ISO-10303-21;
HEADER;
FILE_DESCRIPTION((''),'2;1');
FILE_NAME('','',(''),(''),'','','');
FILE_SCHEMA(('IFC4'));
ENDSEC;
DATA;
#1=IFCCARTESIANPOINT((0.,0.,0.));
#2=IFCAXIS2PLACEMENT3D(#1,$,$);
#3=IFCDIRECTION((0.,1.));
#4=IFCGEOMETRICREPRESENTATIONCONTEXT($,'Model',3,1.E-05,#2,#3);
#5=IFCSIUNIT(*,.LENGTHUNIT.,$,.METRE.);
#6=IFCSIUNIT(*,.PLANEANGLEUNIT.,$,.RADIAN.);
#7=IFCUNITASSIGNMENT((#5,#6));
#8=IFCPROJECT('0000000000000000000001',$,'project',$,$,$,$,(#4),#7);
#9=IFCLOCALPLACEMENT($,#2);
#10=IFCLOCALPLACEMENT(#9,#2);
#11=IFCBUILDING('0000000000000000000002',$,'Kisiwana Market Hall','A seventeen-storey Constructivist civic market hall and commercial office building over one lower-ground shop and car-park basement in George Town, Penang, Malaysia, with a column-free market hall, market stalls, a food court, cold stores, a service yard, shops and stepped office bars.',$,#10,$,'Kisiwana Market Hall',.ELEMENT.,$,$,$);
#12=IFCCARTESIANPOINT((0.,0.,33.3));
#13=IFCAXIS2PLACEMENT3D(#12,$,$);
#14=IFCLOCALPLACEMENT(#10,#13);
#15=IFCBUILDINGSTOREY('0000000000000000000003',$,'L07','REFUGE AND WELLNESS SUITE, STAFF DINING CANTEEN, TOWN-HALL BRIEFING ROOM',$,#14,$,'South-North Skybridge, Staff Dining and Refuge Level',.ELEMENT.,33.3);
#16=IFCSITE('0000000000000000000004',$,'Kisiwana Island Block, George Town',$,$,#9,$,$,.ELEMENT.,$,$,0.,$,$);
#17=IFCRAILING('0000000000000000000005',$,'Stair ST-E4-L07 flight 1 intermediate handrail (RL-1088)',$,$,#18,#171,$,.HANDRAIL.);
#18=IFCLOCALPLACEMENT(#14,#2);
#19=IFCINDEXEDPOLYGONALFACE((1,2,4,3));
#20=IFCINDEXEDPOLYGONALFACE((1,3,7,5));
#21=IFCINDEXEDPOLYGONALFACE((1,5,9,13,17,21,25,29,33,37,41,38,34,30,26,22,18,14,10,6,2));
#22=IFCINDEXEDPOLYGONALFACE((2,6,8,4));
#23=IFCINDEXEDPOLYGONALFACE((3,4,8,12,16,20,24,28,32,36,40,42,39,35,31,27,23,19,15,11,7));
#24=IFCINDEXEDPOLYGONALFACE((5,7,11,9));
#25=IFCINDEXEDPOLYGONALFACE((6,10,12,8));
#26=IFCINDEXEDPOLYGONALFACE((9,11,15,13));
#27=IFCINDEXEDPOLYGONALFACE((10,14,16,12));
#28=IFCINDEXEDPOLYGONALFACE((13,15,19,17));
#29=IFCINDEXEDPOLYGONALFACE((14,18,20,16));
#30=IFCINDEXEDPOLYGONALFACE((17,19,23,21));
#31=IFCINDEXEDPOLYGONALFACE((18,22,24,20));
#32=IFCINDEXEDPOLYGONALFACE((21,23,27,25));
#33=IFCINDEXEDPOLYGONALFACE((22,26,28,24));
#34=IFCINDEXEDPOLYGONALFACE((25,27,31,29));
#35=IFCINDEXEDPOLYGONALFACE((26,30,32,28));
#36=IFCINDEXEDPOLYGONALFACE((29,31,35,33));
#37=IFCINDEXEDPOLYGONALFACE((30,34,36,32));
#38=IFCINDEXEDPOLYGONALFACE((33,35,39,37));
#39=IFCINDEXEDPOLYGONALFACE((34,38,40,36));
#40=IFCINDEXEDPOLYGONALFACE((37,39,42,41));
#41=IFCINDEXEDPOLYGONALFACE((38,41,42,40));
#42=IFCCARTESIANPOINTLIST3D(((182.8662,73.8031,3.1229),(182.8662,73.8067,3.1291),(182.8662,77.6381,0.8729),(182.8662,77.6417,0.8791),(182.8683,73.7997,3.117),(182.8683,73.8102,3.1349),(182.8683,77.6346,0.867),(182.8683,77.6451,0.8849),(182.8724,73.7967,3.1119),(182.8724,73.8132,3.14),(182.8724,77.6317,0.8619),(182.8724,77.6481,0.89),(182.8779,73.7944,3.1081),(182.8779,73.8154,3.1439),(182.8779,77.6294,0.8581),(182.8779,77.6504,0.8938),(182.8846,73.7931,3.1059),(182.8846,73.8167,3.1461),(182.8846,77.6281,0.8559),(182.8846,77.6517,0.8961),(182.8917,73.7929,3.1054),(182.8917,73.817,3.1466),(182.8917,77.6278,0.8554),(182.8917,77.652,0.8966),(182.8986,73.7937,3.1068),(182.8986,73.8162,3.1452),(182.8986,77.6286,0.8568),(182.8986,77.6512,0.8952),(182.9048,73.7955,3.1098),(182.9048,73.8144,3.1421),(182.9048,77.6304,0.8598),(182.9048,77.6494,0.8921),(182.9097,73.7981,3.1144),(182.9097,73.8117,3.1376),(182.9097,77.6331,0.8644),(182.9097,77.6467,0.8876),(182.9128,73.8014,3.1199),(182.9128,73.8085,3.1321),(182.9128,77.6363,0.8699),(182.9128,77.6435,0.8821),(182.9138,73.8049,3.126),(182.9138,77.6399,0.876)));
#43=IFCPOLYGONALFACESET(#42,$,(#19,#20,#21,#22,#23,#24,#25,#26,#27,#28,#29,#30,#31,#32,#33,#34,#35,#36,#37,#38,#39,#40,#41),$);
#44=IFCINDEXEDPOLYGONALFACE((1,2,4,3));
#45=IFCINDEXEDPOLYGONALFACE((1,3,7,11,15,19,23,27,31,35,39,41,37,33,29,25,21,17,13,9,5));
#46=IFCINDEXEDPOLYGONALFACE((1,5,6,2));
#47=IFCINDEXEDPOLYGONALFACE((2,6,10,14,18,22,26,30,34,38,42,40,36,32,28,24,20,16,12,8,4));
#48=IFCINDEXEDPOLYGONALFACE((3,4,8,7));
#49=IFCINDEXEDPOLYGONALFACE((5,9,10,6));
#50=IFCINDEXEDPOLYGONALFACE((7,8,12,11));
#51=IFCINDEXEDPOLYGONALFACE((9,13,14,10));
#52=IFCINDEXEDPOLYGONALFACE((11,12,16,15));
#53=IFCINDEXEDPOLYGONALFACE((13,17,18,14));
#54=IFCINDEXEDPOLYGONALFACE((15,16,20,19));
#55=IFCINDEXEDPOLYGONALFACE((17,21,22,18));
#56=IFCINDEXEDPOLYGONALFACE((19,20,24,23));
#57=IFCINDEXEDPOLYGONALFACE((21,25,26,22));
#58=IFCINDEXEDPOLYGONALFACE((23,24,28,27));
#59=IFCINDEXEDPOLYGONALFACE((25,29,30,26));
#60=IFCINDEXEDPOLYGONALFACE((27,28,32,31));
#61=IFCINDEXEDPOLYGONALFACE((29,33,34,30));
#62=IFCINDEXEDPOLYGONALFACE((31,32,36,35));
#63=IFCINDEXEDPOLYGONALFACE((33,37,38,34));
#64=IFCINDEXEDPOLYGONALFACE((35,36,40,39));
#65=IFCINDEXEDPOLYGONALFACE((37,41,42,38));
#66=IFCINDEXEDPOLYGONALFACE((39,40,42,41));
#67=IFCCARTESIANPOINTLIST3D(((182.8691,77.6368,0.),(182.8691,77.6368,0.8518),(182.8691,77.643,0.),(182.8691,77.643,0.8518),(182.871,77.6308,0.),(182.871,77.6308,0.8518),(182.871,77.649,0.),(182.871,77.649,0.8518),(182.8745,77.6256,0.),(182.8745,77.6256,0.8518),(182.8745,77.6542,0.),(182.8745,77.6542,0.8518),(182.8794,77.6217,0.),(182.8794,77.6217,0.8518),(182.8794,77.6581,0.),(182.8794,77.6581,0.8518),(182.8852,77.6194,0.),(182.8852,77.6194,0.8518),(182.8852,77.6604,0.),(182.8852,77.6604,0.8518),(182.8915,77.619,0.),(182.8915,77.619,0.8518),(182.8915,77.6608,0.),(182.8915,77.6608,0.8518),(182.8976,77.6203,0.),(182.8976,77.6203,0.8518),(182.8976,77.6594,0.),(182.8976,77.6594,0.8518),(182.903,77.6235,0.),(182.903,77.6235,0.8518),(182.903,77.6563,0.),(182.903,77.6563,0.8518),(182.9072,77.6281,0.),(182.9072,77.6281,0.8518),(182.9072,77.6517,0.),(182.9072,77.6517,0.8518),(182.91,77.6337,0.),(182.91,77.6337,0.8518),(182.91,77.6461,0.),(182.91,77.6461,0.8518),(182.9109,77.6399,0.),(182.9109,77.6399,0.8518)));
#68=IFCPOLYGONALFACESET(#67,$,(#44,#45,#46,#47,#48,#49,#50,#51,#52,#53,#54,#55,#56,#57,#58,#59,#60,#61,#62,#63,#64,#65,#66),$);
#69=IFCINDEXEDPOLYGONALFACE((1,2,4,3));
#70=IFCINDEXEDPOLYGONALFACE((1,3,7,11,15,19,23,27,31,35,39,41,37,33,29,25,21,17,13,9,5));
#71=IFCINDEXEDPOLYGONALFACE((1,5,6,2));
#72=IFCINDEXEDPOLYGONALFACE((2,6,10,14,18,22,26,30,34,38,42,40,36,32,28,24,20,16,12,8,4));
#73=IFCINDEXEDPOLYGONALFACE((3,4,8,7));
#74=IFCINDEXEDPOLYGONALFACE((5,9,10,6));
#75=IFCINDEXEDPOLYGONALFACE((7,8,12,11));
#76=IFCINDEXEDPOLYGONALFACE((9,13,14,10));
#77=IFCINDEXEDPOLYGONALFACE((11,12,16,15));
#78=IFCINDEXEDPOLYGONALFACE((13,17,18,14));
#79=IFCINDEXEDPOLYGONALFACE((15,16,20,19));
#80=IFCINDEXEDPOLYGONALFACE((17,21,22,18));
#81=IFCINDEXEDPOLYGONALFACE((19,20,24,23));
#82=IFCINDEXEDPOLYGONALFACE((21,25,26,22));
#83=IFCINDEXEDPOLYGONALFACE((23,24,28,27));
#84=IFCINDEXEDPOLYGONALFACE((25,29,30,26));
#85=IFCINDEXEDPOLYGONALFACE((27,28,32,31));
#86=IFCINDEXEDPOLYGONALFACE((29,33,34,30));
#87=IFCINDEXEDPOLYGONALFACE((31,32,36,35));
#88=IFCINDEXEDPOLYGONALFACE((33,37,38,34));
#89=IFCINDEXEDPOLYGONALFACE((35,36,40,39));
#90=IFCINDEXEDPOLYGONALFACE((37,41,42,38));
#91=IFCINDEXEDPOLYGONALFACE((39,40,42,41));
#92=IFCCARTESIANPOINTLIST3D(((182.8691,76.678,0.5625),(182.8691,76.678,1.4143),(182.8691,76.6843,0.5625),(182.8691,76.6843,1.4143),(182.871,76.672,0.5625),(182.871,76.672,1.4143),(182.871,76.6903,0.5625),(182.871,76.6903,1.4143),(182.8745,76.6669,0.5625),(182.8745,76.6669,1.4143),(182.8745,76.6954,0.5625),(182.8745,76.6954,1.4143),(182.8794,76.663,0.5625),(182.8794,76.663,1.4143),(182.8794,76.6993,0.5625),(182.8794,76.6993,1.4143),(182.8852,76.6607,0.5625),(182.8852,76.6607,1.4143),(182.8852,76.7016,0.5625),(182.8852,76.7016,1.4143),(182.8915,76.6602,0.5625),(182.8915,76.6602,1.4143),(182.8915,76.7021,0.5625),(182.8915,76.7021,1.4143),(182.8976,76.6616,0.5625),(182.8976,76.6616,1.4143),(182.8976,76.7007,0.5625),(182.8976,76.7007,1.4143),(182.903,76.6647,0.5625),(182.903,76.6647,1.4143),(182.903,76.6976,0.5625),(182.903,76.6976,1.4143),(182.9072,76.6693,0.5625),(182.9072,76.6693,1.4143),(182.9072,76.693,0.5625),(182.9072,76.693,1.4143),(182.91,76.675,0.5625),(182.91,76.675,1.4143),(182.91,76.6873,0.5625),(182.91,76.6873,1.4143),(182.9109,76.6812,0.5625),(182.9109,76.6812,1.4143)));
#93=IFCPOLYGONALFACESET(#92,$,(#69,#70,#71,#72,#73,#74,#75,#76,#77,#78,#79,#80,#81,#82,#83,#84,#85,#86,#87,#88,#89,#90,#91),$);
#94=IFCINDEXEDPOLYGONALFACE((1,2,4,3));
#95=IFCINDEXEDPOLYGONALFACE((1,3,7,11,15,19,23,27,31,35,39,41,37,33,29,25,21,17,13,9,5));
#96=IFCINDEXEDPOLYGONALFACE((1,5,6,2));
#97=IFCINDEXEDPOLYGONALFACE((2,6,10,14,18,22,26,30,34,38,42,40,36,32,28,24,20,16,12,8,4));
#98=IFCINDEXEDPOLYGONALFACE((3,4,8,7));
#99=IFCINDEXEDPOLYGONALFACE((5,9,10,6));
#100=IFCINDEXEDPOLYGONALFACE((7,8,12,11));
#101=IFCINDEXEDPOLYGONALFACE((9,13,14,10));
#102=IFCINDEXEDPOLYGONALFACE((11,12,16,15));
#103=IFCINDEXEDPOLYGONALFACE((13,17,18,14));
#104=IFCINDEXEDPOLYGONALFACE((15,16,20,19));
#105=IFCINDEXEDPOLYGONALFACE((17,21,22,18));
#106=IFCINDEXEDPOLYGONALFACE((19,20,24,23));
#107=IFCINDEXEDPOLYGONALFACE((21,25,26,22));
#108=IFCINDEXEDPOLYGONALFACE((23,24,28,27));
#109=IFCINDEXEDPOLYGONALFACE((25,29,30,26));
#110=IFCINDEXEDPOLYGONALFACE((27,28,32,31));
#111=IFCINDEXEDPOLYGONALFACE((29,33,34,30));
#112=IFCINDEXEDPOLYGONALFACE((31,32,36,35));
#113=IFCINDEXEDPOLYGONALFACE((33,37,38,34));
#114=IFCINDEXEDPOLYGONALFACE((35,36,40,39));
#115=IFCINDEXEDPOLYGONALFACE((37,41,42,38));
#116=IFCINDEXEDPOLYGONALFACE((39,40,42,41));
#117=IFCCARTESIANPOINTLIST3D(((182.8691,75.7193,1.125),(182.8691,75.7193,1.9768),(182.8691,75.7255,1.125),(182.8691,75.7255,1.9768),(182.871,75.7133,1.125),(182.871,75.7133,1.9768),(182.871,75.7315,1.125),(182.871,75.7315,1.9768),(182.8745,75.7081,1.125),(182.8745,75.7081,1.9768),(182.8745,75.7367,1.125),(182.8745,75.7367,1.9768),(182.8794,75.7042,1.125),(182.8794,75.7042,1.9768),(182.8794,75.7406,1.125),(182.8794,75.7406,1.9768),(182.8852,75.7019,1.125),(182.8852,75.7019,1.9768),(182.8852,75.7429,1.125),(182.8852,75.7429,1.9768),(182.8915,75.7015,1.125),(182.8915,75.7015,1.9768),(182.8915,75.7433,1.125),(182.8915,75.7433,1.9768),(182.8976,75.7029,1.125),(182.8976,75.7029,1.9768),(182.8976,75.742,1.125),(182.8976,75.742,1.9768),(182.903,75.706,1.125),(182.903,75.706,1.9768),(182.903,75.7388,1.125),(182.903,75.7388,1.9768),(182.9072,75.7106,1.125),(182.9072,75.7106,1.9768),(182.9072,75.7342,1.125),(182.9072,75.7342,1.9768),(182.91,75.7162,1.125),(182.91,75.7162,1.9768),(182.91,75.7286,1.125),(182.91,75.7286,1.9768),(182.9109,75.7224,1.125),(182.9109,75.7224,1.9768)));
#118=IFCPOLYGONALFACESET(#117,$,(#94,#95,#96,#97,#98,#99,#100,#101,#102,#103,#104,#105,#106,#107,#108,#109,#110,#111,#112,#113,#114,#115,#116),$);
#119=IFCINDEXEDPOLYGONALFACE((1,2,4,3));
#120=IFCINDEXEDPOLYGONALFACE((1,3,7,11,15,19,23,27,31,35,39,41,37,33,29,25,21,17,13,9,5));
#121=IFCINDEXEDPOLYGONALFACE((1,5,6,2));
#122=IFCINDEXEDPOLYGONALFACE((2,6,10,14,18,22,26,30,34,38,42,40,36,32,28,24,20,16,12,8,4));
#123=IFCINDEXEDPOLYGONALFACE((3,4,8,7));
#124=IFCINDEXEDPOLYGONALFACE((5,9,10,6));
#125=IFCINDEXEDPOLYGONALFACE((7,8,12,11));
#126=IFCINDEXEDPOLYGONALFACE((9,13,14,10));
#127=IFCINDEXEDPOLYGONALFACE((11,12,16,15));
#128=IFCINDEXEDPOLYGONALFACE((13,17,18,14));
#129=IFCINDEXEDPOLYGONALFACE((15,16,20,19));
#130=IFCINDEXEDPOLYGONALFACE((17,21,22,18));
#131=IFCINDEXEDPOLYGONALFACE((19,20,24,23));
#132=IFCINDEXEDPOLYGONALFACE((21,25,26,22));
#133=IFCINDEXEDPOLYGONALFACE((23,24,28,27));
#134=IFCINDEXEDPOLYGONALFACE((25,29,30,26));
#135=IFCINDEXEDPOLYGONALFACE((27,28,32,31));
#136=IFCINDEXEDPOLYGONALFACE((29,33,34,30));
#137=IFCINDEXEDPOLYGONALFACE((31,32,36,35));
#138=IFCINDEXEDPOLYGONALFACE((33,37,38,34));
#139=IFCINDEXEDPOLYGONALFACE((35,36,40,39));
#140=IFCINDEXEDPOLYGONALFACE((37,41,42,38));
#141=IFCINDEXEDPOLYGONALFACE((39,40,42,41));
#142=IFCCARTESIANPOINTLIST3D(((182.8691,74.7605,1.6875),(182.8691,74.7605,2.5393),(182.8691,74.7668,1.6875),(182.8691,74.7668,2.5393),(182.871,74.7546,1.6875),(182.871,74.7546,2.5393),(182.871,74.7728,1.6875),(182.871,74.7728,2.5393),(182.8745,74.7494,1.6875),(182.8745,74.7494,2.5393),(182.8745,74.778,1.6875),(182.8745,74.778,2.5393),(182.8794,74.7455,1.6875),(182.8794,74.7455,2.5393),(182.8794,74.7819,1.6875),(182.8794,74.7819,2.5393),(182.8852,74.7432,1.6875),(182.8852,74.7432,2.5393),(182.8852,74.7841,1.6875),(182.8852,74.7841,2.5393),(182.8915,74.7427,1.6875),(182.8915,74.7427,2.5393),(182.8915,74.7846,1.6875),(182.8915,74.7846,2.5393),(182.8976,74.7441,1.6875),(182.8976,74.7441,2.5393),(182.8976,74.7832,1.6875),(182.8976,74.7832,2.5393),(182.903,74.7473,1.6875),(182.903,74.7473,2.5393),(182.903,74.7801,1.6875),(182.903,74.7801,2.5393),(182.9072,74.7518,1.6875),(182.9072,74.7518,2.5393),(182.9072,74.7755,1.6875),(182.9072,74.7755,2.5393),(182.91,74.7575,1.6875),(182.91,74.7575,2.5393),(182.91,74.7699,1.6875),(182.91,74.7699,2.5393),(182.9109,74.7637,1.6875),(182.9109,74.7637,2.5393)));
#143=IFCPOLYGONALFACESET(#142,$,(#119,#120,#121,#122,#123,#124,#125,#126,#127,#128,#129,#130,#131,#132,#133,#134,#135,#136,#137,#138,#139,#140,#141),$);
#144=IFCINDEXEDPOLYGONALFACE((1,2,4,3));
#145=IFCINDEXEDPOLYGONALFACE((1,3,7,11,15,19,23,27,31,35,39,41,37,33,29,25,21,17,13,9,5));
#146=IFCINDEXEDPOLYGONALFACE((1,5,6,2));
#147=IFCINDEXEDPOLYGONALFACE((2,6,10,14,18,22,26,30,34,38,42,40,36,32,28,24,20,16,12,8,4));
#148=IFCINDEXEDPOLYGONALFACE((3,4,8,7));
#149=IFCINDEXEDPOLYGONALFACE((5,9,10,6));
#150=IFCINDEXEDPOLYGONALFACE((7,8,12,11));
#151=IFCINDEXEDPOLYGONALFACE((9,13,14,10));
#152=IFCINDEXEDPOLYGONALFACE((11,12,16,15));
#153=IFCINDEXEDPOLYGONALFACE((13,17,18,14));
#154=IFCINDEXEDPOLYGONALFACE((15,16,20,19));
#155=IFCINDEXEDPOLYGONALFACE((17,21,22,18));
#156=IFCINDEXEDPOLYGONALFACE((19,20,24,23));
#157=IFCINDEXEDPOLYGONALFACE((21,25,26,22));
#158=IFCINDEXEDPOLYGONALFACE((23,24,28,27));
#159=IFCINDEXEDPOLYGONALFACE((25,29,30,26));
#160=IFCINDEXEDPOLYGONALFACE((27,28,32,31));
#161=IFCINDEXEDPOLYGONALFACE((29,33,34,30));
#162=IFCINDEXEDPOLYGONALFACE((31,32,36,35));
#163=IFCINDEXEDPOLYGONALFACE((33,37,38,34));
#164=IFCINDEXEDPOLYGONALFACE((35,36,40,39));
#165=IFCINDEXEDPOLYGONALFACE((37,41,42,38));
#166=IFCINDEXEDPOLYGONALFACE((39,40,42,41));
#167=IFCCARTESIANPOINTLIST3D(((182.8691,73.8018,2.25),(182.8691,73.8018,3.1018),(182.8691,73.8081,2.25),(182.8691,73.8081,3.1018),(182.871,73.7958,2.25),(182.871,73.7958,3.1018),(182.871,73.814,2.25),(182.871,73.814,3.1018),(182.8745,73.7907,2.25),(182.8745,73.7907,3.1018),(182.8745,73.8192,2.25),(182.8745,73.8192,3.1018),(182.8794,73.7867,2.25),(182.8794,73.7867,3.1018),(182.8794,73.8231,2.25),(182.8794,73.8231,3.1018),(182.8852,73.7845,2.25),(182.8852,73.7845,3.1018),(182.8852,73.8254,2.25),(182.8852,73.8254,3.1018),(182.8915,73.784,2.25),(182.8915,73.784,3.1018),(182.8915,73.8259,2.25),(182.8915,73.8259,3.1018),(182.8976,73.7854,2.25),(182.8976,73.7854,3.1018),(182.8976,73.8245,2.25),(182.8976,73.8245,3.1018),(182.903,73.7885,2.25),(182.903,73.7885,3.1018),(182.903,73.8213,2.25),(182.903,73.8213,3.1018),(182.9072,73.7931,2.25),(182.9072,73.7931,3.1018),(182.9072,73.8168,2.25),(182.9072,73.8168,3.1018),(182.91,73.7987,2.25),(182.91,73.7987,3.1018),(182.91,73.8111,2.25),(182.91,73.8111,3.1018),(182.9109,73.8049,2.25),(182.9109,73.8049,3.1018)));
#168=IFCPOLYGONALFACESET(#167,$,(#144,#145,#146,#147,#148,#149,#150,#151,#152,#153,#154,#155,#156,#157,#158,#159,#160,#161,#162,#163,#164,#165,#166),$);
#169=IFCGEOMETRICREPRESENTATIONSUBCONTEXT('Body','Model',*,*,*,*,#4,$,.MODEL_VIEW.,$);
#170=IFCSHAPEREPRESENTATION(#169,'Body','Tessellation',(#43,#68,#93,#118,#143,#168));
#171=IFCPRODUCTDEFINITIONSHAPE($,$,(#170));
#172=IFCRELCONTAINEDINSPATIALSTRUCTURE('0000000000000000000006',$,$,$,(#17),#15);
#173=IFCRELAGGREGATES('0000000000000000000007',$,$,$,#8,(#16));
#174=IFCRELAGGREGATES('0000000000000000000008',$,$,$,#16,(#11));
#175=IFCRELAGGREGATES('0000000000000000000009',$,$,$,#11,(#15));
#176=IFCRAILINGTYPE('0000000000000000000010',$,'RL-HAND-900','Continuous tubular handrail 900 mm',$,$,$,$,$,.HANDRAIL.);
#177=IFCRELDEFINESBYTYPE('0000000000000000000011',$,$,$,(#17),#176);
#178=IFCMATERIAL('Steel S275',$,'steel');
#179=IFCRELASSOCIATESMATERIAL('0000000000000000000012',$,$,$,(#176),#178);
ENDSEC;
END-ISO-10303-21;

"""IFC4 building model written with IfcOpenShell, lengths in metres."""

from ifc_helpers import new_model, si_unit, direction, frame, origin, origin_2d, place, context, subcontext, project, spatial, circle, extrude, material, type_object, element, save


model = new_model("IFC4")

# Units and contexts
model_context = context("Model", 3, precision=1e-05, world=origin(), true_north=direction((0.0, 1.0)))
body_context = subcontext(model_context, "Body", "Model", "MODEL_VIEW")
ifc_project = project(units=[si_unit("LENGTHUNIT", "METRE"), si_unit("PLANEANGLEUNIT", "RADIAN")], contexts=[model_context])

# Site, building, storey
site_placement = place(None, origin())
site = spatial("IfcSite", under=ifc_project, at=site_placement, Name="Kisiwana Island Block, George Town", CompositionType="ELEMENT", RefElevation=0.0)
building_placement = place(site_placement, origin())
building = spatial("IfcBuilding", under=site, at=building_placement, Name="Kisiwana Market Hall", Description="A seventeen-storey Constructivist civic market hall and commercial office building over one lower-ground shop and car-park basement in George Town, Penang, Malaysia, with a column-free market hall, market stalls, a food court, cold stores, a service yard, shops and stepped office bars.", LongName="Kisiwana Market Hall", CompositionType="ELEMENT")
storey_placement = place(building_placement, frame((0.0, 0.0, 33.3)))
storey = spatial("IfcBuildingStorey", under=building, at=storey_placement, Name="L07", Description="REFUGE AND WELLNESS SUITE, STAFF DINING CANTEEN, TOWN-HALL BRIEFING ROOM", LongName="South-North Skybridge, Staff Dining and Refuge Level", CompositionType="ELEMENT", Elevation=33.3)

# Railing
ifc_material_1 = material(Name="Steel S275", Category="steel")
railing_type_1 = type_object("IfcRailingType", Name="RL-HAND-900", Description="Continuous tubular handrail 900 mm", PredefinedType="HANDRAIL", material=ifc_material_1)
railing_1_placement = place(storey_placement, frame((182.8899, 77.6399, 0.0)))
element("IfcRailing", 1, at=railing_1_placement, inside=storey, type_object=railing_type_1, Name="Stair ST-E4-L07 flight 1 intermediate handrail (RL-1088)", PredefinedType="HANDRAIL", context=body_context, shape_type="SweptSolid", body=[
    extrude(circle(Radius=0.0239, at=origin_2d()), frame((0.0, 0.0, 0.876), z_axis=(0.0, -0.86251, 0.506041), x_axis=(1.0, 0.0, 0.0)), (0.0, 0.0, 1.0), 4.4463),
    extrude(circle(Radius=0.021, at=origin_2d()), origin(), (0.0, 0.0, 1.0), 0.8518),
    extrude(circle(Radius=0.021, at=origin_2d()), frame((0.0, -0.9587, 0.5625)), (0.0, 0.0, 1.0), 0.8518),
    extrude(circle(Radius=0.021, at=origin_2d()), frame((0.0, -1.9175, 1.125)), (0.0, 0.0, 1.0), 0.8518),
    extrude(circle(Radius=0.021, at=origin_2d()), frame((0.0, -2.8762, 1.6875)), (0.0, 0.0, 1.0), 0.8518),
    extrude(circle(Radius=0.021, at=origin_2d()), frame((0.0, -3.835, 2.25)), (0.0, 0.0, 1.0), 0.8518),
])

save(model, "model.ifc")
